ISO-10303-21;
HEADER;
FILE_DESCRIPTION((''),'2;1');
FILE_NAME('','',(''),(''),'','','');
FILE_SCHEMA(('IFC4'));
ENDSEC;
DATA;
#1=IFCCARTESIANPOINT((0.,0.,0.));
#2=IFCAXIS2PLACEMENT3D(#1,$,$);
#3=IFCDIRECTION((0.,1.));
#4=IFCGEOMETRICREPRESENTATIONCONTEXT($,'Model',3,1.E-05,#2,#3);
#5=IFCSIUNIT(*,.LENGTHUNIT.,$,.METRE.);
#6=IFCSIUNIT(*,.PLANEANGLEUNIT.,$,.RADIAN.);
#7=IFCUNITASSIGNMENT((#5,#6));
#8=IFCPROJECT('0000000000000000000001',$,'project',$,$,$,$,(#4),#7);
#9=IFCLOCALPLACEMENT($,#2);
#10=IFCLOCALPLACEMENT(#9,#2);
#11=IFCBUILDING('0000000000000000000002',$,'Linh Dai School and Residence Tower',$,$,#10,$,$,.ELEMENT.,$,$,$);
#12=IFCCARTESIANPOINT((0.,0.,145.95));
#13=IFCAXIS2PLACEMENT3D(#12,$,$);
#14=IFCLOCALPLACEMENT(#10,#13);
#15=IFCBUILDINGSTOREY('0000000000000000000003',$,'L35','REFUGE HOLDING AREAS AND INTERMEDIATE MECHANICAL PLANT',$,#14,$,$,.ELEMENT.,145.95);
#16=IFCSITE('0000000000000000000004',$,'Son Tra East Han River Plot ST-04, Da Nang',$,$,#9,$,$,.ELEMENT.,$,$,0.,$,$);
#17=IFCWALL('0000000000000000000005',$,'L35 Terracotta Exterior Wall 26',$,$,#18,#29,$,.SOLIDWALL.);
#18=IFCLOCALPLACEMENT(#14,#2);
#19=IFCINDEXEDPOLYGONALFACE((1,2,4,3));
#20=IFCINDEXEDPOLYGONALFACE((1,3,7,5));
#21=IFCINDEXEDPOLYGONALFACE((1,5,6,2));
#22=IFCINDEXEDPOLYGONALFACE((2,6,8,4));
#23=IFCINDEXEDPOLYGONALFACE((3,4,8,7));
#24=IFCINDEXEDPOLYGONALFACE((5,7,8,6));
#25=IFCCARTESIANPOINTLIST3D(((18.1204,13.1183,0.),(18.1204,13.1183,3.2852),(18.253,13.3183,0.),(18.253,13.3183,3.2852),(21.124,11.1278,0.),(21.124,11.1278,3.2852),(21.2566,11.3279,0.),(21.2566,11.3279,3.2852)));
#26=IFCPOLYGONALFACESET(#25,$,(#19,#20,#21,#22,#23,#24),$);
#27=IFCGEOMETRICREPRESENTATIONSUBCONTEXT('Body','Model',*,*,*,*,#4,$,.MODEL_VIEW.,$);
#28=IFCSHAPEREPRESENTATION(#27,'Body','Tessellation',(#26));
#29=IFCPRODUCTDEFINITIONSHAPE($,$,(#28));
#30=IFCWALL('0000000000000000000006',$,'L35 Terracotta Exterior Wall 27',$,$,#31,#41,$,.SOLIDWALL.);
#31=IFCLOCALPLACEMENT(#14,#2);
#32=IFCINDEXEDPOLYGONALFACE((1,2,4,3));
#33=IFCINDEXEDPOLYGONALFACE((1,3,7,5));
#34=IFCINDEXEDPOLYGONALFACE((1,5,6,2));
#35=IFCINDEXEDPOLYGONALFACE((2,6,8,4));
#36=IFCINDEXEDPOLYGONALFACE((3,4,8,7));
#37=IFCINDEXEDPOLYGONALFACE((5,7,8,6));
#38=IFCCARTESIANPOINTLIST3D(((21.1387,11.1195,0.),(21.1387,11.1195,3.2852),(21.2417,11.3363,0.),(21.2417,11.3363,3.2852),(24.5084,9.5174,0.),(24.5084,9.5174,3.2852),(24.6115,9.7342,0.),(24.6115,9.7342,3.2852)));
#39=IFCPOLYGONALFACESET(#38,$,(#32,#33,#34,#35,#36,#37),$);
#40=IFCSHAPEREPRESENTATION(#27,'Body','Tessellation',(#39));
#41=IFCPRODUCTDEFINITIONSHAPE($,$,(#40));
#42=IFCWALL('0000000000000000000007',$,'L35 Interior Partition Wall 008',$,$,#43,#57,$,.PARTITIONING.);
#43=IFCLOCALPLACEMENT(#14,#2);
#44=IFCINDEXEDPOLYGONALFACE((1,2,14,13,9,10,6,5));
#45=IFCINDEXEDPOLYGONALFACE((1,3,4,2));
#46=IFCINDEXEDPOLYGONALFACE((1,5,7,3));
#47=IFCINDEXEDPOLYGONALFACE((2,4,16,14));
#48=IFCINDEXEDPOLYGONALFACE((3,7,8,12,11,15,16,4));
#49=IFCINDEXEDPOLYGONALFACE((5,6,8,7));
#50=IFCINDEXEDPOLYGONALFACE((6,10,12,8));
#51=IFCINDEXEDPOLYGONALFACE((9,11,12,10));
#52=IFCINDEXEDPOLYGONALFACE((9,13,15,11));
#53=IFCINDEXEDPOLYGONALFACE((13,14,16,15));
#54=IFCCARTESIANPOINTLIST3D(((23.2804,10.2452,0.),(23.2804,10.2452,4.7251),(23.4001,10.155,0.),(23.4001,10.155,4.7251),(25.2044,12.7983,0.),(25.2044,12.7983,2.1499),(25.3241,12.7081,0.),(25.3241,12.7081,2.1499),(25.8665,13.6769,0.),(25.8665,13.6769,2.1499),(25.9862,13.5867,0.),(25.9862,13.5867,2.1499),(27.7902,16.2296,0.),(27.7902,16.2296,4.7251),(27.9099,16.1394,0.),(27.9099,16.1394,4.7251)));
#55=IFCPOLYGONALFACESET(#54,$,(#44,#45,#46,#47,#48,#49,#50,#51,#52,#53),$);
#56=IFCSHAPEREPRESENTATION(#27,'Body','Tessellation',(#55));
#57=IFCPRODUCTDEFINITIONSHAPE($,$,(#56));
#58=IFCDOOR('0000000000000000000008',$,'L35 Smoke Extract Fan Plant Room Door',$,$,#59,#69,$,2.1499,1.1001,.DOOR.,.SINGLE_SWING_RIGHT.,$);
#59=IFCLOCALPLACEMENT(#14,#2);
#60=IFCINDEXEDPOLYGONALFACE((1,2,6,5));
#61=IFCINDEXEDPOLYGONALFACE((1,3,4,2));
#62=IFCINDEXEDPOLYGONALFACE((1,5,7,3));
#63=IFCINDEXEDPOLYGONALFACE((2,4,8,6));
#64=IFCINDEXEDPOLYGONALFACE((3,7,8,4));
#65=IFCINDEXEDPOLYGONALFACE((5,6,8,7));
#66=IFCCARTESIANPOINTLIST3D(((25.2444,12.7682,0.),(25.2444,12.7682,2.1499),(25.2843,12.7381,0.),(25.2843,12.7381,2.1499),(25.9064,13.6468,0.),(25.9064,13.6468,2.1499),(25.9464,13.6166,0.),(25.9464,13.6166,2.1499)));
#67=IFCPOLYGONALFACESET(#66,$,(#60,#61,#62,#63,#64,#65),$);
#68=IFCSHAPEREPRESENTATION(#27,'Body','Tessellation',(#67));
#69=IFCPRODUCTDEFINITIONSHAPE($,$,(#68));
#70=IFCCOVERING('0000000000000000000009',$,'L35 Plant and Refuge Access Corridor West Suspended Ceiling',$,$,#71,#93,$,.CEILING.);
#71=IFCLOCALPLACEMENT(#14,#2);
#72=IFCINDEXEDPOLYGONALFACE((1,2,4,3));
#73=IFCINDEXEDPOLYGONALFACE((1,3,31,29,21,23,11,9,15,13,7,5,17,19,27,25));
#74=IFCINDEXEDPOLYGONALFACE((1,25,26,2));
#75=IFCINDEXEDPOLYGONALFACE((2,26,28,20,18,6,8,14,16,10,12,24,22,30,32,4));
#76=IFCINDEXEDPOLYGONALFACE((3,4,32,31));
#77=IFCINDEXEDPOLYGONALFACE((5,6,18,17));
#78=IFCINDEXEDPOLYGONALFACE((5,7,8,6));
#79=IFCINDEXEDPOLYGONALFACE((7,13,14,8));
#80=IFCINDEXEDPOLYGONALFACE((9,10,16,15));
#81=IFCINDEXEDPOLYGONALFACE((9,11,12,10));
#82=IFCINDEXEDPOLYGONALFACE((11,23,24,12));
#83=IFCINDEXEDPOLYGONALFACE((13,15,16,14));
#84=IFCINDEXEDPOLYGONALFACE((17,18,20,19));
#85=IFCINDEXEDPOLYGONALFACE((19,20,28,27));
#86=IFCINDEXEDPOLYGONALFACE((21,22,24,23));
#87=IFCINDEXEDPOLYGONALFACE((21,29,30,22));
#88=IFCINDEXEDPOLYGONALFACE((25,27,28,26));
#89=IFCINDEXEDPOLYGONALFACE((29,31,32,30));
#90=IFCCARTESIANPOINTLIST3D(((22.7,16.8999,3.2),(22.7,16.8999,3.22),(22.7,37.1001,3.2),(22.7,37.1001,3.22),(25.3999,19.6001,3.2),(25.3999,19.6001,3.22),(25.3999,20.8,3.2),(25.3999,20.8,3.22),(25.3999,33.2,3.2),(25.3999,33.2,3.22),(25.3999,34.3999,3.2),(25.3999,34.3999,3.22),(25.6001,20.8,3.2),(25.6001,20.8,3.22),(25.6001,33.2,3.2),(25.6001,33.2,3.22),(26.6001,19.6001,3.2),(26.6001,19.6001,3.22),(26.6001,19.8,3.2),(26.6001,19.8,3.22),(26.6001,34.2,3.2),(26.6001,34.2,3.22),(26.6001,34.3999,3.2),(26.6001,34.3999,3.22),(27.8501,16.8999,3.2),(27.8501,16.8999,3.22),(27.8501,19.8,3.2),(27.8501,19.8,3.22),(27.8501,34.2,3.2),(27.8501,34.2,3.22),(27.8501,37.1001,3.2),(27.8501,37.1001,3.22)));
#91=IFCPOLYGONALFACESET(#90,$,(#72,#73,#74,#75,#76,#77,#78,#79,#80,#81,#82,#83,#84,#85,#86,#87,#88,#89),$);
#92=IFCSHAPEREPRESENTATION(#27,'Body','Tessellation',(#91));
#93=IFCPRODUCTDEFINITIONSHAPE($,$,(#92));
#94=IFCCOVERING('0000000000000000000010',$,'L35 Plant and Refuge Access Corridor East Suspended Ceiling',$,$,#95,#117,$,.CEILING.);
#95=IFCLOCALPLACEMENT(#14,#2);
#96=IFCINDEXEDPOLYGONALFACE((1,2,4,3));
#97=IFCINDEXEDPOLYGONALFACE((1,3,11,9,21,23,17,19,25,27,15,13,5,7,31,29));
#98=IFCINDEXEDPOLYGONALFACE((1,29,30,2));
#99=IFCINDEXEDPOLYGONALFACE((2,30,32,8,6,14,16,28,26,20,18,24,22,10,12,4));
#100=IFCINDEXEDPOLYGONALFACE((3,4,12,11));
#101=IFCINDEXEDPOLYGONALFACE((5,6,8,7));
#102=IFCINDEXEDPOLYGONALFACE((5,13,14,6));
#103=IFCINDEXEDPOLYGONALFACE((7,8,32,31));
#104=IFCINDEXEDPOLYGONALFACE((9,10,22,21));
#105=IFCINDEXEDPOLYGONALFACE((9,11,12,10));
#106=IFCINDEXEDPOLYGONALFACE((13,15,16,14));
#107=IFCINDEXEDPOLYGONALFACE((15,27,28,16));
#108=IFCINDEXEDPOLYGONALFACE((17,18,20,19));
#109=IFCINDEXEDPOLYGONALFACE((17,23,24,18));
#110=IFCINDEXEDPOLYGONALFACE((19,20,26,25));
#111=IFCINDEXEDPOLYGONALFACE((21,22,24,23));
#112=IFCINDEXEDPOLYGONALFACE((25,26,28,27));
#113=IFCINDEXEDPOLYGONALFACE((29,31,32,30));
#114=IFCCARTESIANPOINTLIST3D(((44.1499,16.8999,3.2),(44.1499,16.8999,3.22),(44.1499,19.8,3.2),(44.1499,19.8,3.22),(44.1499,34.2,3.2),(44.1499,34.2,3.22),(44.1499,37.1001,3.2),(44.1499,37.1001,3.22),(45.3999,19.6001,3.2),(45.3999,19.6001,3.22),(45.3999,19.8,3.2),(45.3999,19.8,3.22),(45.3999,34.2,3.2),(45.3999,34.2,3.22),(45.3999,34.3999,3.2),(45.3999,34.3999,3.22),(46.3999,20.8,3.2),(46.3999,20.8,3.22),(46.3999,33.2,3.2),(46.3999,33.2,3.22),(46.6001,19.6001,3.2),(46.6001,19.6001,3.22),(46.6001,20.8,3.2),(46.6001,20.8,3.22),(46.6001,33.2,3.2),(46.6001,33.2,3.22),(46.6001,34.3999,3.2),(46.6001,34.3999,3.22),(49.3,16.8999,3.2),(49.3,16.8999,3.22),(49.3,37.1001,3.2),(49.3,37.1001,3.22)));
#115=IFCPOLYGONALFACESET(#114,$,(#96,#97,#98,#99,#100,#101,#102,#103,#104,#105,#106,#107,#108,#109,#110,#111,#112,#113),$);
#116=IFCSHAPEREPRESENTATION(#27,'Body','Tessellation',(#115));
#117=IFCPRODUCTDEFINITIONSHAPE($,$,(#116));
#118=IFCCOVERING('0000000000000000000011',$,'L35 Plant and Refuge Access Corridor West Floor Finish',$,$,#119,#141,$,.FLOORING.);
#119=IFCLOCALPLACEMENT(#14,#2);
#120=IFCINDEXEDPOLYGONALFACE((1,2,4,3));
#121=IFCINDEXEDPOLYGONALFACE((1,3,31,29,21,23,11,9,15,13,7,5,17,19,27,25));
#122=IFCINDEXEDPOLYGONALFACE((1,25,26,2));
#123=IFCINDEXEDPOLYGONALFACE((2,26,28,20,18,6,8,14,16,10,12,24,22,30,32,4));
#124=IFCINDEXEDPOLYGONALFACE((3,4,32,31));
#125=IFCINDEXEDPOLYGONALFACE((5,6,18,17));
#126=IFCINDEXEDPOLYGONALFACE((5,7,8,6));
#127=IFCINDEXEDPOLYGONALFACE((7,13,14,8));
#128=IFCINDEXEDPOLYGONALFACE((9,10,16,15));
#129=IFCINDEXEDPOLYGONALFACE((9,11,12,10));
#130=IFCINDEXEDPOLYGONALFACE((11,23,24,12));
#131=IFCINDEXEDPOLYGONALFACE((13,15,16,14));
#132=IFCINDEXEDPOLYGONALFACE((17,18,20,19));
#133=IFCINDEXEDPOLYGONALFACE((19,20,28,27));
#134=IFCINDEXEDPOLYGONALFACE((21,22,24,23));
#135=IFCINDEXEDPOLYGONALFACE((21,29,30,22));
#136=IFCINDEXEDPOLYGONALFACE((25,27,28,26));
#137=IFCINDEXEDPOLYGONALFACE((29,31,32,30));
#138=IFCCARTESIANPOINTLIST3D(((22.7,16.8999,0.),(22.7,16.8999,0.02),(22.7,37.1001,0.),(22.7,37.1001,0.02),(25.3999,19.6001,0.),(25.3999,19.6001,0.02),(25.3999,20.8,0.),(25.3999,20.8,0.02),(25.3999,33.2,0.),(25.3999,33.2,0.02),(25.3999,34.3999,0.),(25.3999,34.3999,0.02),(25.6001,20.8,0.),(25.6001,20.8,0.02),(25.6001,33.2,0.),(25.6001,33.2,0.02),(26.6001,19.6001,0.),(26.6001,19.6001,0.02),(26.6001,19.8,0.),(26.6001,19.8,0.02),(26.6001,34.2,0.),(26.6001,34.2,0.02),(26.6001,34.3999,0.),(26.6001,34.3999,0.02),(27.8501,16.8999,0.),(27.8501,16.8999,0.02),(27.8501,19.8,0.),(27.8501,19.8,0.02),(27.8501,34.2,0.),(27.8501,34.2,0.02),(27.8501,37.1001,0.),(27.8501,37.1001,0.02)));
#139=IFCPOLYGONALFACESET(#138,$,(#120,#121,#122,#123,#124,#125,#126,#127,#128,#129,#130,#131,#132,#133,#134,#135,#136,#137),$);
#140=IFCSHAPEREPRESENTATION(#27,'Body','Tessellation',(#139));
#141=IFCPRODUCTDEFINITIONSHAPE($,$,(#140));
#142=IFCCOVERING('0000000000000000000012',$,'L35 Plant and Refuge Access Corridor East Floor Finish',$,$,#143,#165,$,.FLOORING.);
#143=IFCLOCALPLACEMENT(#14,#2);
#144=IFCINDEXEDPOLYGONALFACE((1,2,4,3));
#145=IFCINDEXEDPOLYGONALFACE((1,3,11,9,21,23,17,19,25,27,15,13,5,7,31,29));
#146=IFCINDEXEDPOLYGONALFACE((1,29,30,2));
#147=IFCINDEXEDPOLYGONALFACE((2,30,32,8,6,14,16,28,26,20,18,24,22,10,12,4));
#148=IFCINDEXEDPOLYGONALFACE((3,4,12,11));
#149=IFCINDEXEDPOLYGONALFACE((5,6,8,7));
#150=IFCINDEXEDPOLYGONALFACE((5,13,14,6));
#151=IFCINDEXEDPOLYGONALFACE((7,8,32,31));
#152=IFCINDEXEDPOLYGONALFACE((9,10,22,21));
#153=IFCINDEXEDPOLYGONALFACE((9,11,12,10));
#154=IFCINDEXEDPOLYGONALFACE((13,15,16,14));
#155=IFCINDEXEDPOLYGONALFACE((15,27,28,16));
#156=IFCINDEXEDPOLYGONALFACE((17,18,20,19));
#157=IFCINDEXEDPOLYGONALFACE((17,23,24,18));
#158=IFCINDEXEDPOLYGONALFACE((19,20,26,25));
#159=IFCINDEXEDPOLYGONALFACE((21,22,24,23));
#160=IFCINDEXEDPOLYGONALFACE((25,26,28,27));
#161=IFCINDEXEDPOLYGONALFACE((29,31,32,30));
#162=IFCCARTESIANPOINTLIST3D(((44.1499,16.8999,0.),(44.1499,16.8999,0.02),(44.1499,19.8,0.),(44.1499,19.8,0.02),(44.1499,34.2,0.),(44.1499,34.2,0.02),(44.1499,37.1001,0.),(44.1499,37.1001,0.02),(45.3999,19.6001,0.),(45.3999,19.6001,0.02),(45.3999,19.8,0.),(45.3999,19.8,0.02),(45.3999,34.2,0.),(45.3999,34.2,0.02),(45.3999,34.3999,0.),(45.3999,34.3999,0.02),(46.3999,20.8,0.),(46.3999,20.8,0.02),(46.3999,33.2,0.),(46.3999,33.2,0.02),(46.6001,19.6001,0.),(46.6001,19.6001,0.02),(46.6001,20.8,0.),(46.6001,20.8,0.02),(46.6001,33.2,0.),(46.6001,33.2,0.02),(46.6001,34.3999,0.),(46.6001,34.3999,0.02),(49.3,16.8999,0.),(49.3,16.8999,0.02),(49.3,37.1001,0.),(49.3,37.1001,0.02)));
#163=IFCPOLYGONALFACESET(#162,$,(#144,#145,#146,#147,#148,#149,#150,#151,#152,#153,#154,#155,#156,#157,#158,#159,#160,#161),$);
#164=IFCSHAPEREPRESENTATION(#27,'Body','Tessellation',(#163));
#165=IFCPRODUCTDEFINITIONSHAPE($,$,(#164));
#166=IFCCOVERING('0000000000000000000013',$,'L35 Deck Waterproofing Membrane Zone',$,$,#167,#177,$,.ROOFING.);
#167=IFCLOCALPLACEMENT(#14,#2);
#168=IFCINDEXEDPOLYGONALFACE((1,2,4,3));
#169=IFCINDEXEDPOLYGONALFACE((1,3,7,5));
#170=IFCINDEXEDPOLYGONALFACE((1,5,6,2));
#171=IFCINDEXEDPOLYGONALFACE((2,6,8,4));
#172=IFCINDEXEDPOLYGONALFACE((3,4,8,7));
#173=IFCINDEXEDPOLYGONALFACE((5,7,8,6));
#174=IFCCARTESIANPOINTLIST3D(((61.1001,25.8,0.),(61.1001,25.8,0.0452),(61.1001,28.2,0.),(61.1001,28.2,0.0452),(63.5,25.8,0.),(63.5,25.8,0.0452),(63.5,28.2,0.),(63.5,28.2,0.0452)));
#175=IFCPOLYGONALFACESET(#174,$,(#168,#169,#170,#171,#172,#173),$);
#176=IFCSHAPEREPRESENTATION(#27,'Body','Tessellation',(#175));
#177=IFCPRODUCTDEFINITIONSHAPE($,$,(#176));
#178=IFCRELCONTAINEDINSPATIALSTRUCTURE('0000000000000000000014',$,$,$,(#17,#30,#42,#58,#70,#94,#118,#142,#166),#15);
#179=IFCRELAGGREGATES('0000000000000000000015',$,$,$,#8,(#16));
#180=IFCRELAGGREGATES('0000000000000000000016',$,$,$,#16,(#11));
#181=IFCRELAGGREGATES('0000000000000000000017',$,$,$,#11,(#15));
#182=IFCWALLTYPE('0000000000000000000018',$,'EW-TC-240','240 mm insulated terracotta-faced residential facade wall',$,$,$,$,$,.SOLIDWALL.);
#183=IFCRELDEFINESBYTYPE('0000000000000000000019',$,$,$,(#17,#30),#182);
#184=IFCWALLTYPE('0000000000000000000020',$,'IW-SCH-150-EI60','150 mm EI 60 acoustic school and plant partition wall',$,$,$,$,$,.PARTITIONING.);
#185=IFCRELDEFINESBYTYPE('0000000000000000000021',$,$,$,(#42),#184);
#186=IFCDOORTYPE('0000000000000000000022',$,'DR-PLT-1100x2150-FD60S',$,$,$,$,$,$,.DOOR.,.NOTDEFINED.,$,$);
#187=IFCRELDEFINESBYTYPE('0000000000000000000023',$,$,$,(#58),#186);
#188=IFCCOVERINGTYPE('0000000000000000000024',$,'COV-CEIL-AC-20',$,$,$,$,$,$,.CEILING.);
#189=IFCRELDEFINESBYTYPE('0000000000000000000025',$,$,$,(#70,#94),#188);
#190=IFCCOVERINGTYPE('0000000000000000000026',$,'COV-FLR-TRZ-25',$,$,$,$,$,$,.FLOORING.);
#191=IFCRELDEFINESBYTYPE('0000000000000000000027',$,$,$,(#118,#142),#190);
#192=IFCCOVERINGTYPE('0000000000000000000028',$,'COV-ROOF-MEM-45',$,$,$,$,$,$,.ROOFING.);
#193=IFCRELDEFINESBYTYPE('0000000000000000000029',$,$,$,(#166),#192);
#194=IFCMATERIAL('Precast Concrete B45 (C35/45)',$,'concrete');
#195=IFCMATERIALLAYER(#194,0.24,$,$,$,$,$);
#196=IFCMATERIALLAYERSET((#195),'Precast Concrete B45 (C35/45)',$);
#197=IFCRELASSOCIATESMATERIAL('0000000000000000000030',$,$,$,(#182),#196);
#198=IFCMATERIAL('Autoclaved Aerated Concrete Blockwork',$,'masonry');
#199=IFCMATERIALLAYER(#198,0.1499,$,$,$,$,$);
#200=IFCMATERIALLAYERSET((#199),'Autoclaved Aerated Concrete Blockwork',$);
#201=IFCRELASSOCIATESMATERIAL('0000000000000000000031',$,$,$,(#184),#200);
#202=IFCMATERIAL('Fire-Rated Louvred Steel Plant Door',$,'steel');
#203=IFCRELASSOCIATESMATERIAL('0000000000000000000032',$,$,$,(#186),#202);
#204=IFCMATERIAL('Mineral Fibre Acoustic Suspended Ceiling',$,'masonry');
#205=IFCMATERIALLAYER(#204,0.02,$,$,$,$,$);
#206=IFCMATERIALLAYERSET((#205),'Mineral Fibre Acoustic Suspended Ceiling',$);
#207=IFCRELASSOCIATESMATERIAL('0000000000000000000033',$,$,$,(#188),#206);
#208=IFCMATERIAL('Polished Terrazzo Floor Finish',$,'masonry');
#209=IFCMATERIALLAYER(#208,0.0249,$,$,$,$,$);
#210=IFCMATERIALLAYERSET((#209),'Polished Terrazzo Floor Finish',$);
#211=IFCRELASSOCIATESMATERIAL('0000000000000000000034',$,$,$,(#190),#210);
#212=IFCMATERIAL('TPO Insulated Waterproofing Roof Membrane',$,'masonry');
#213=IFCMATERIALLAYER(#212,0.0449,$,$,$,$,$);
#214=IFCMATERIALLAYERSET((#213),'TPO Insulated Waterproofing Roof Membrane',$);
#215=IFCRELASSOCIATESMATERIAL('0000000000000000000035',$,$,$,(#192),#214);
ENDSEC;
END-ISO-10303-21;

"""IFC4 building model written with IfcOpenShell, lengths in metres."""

from ifc_helpers import new_model, si_unit, direction, frame, frame_2d, origin, origin_2d, place, context, subcontext, project, spatial, polyline, rectangle, outline, extrude, source, transform, mapped, material, layer, layer_set, type_object, element, fill, save


model = new_model("IFC4")

# Units and contexts
model_context = context("Model", 3, precision=1e-05, world=origin(), true_north=direction((0.0, 1.0)))
body_context = subcontext(model_context, "Body", "Model", "MODEL_VIEW")
ifc_project = project(units=[si_unit("LENGTHUNIT", "METRE"), si_unit("PLANEANGLEUNIT", "RADIAN")], contexts=[model_context])

# Site, building, storey
site_placement = place(None, origin())
site = spatial("IfcSite", under=ifc_project, at=site_placement, Name="Son Tra East Han River Plot ST-04, Da Nang", CompositionType="ELEMENT", RefElevation=0.0)
building_placement = place(site_placement, origin())
building = spatial("IfcBuilding", under=site, at=building_placement, Name="Linh Dai School and Residence Tower", CompositionType="ELEMENT")
storey_placement = place(building_placement, frame((0.0, 0.0, 145.95)))
storey = spatial("IfcBuildingStorey", under=building, at=storey_placement, Name="L35", Description="REFUGE HOLDING AREAS AND INTERMEDIATE MECHANICAL PLANT", CompositionType="ELEMENT", Elevation=145.95)

# Walls
ifc_material_1 = material(Name="Precast Concrete B45 (C35/45)", Category="concrete")
ifc_layer_1 = layer(ifc_material_1, 0.24)
ifc_layer_set_1 = layer_set([ifc_layer_1], Name="Precast Concrete B45 (C35/45)")
wall_type_1 = type_object("IfcWallType", Name="EW-TC-240", Description="240 mm insulated terracotta-faced residential facade wall", PredefinedType="SOLIDWALL", material=ifc_layer_set_1)
wall_1_placement = place(storey_placement, frame((21.1904, 11.2278, 0.0), z_axis=(0.0, 0.0, 1.0), x_axis=(-0.833579, 0.5524, 0.0)))
element("IfcWall", 1, at=wall_1_placement, inside=storey, type_object=wall_type_1, Name="L35 Terracotta Exterior Wall 26", PredefinedType="SOLIDWALL", context=body_context, shape_type="SweptSolid", body=[
    extrude(rectangle(XDim=3.6033, YDim=0.24, at=frame_2d((1.8018, 0.0))), origin(), (0.0, 0.0, 1.0), 3.2852),
])
wall_2_placement = place(storey_placement, frame((24.5601, 9.6257, 0.0), z_axis=(0.0, 0.0, 1.0), x_axis=(-0.903124, 0.42938, 0.0)))
element("IfcWall", 2, at=wall_2_placement, inside=storey, type_object=wall_type_1, Name="L35 Terracotta Exterior Wall 27", PredefinedType="SOLIDWALL", context=body_context, shape_type="SweptSolid", body=[
    extrude(rectangle(XDim=3.7312, YDim=0.24, at=frame_2d((1.8657, 0.0))), origin(), (0.0, 0.0, 1.0), 3.2852),
])

# Wall, opening, door
ifc_material_2 = material(Name="Autoclaved Aerated Concrete Blockwork", Category="masonry")
ifc_layer_2 = layer(ifc_material_2, 0.1499)
ifc_layer_set_2 = layer_set([ifc_layer_2], Name="Autoclaved Aerated Concrete Blockwork")
wall_type_2 = type_object("IfcWallType", Name="IW-SCH-150-EI60", Description="150 mm EI 60 acoustic school and plant partition wall", PredefinedType="PARTITIONING", material=ifc_layer_set_2)
wall_3_placement = place(storey_placement, frame((23.3403, 10.2002, 0.0), z_axis=(0.0, 0.0, 1.0), x_axis=(0.601833, 0.798622, 0.0)))
wall_3 = element("IfcWall", 3, at=wall_3_placement, inside=storey, type_object=wall_type_2, Name="L35 Interior Partition Wall 008", PredefinedType="PARTITIONING", context=body_context, shape_type="SweptSolid", body=[
    extrude(rectangle(XDim=7.4934, YDim=0.1499, at=frame_2d((3.7466, 0.0))), origin(), (0.0, 0.0, 1.0), 4.7251),
])
opening_placement = place(wall_3_placement, frame((3.1968, 0.0, 0.0)))
opening = element("IfcOpeningElement", 4, at=opening_placement, cuts=wall_3, PredefinedType="OPENING", context=body_context, shape_type="SweptSolid", body=[
    extrude(rectangle(XDim=1.1001, YDim=2.1499, at=origin_2d()), frame((0.55, 0.085, 1.075), z_axis=(0.0, -1.0, 0.0), x_axis=(1.0, 0.0, 0.0)), (0.0, 0.0, 1.0), 0.1699),
])
ifc_material_3 = material(Name="Fire-Rated Louvred Steel Plant Door", Category="steel")
door_type = type_object("IfcDoorType", Name="DR-PLT-1100x2150-FD60S", OperationType="NOTDEFINED", PredefinedType="DOOR", material=ifc_material_3)
shared_shape_1 = source(origin(), body_context, "Body", "SweptSolid", [
    extrude(rectangle(XDim=1.1001, YDim=2.1499, at=origin_2d()), frame((0.55, 0.0249, 1.075), z_axis=(0.0, -1.0, 0.0), x_axis=(1.0, 0.0, 0.0)), (0.0, 0.0, 1.0), 0.05),
])
door_placement = place(opening_placement, origin())
door = element("IfcDoor", 5, at=door_placement, inside=storey, type_object=door_type, Name="L35 Smoke Extract Fan Plant Room Door", OperationType="SINGLE_SWING_RIGHT", OverallHeight=2.1499, OverallWidth=1.1001, PredefinedType="DOOR", context=body_context, shape_type="MappedRepresentation", body=[
    mapped(shared_shape_1, transform((0.0, 0.0, 0.0), x_axis=(1.0, 0.0, 0.0), y_axis=(0.0, 1.0, 0.0), z_axis=(0.0, 0.0, 1.0), scale=1.0)),
])
fill(opening, door)

# Coverings
ifc_material_4 = material(Name="Mineral Fibre Acoustic Suspended Ceiling", Category="masonry")
ifc_layer_3 = layer(ifc_material_4, 0.02)
ifc_layer_set_3 = layer_set([ifc_layer_3], Name="Mineral Fibre Acoustic Suspended Ceiling")
covering_type_1 = type_object("IfcCoveringType", Name="COV-CEIL-AC-20", PredefinedType="CEILING", material=ifc_layer_set_3)
covering_1_placement = place(storey_placement, frame((0.0, 0.0, 3.2)))
element("IfcCovering", 6, at=covering_1_placement, inside=storey, type_object=covering_type_1, Name="L35 Plant and Refuge Access Corridor West Suspended Ceiling", PredefinedType="CEILING", context=body_context, shape_type="SweptSolid", body=[
    extrude(outline(polyline([(22.7, 37.1001), (27.8501, 37.1001), (27.8501, 34.2), (26.6001, 34.2), (26.6001, 34.3999), (25.3999, 34.3999), (25.3999, 33.2), (25.6001, 33.2), (25.6001, 20.8), (25.3999, 20.8), (25.3999, 19.6001), (26.6001, 19.6001), (26.6001, 19.8), (27.8501, 19.8), (27.8501, 16.8999), (22.7, 16.8999), (22.7, 37.1001)])), origin(), (0.0, 0.0, 1.0), 0.02),
])
covering_2_placement = place(storey_placement, frame((0.0, 0.0, 3.2)))
element("IfcCovering", 7, at=covering_2_placement, inside=storey, type_object=covering_type_1, Name="L35 Plant and Refuge Access Corridor East Suspended Ceiling", PredefinedType="CEILING", context=body_context, shape_type="SweptSolid", body=[
    extrude(outline(polyline([(44.1499, 19.8), (45.3999, 19.8), (45.3999, 19.6001), (46.6001, 19.6001), (46.6001, 20.8), (46.3999, 20.8), (46.3999, 33.2), (46.6001, 33.2), (46.6001, 34.3999), (45.3999, 34.3999), (45.3999, 34.2), (44.1499, 34.2), (44.1499, 37.1001), (49.3, 37.1001), (49.3, 16.8999), (44.1499, 16.8999), (44.1499, 19.8)])), origin(), (0.0, 0.0, 1.0), 0.02),
])
ifc_material_5 = material(Name="Polished Terrazzo Floor Finish", Category="masonry")
ifc_layer_4 = layer(ifc_material_5, 0.0249)
ifc_layer_set_4 = layer_set([ifc_layer_4], Name="Polished Terrazzo Floor Finish")
covering_type_2 = type_object("IfcCoveringType", Name="COV-FLR-TRZ-25", PredefinedType="FLOORING", material=ifc_layer_set_4)
covering_3_placement = place(storey_placement, origin())
element("IfcCovering", 8, at=covering_3_placement, inside=storey, type_object=covering_type_2, Name="L35 Plant and Refuge Access Corridor West Floor Finish", PredefinedType="FLOORING", context=body_context, shape_type="SweptSolid", body=[
    extrude(outline(polyline([(22.7, 37.1001), (27.8501, 37.1001), (27.8501, 34.2), (26.6001, 34.2), (26.6001, 34.3999), (25.3999, 34.3999), (25.3999, 33.2), (25.6001, 33.2), (25.6001, 20.8), (25.3999, 20.8), (25.3999, 19.6001), (26.6001, 19.6001), (26.6001, 19.8), (27.8501, 19.8), (27.8501, 16.8999), (22.7, 16.8999), (22.7, 37.1001)])), origin(), (0.0, 0.0, 1.0), 0.02),
])
covering_4_placement = place(storey_placement, origin())
element("IfcCovering", 9, at=covering_4_placement, inside=storey, type_object=covering_type_2, Name="L35 Plant and Refuge Access Corridor East Floor Finish", PredefinedType="FLOORING", context=body_context, shape_type="SweptSolid", body=[
    extrude(outline(polyline([(44.1499, 19.8), (45.3999, 19.8), (45.3999, 19.6001), (46.6001, 19.6001), (46.6001, 20.8), (46.3999, 20.8), (46.3999, 33.2), (46.6001, 33.2), (46.6001, 34.3999), (45.3999, 34.3999), (45.3999, 34.2), (44.1499, 34.2), (44.1499, 37.1001), (49.3, 37.1001), (49.3, 16.8999), (44.1499, 16.8999), (44.1499, 19.8)])), origin(), (0.0, 0.0, 1.0), 0.02),
])
ifc_material_6 = material(Name="TPO Insulated Waterproofing Roof Membrane", Category="masonry")
ifc_layer_5 = layer(ifc_material_6, 0.0449)
ifc_layer_set_5 = layer_set([ifc_layer_5], Name="TPO Insulated Waterproofing Roof Membrane")
covering_type_3 = type_object("IfcCoveringType", Name="COV-ROOF-MEM-45", PredefinedType="ROOFING", material=ifc_layer_set_5)
covering_5_placement = place(storey_placement, origin())
element("IfcCovering", 10, at=covering_5_placement, inside=storey, type_object=covering_type_3, Name="L35 Deck Waterproofing Membrane Zone", PredefinedType="ROOFING", context=body_context, shape_type="SweptSolid", body=[
    extrude(outline(polyline([(61.1001, 25.8), (63.5, 25.8), (63.5, 28.2), (61.1001, 28.2), (61.1001, 25.8)])), origin(), (0.0, 0.0, 1.0), 0.0452),
])

save(model, "model.ifc")
